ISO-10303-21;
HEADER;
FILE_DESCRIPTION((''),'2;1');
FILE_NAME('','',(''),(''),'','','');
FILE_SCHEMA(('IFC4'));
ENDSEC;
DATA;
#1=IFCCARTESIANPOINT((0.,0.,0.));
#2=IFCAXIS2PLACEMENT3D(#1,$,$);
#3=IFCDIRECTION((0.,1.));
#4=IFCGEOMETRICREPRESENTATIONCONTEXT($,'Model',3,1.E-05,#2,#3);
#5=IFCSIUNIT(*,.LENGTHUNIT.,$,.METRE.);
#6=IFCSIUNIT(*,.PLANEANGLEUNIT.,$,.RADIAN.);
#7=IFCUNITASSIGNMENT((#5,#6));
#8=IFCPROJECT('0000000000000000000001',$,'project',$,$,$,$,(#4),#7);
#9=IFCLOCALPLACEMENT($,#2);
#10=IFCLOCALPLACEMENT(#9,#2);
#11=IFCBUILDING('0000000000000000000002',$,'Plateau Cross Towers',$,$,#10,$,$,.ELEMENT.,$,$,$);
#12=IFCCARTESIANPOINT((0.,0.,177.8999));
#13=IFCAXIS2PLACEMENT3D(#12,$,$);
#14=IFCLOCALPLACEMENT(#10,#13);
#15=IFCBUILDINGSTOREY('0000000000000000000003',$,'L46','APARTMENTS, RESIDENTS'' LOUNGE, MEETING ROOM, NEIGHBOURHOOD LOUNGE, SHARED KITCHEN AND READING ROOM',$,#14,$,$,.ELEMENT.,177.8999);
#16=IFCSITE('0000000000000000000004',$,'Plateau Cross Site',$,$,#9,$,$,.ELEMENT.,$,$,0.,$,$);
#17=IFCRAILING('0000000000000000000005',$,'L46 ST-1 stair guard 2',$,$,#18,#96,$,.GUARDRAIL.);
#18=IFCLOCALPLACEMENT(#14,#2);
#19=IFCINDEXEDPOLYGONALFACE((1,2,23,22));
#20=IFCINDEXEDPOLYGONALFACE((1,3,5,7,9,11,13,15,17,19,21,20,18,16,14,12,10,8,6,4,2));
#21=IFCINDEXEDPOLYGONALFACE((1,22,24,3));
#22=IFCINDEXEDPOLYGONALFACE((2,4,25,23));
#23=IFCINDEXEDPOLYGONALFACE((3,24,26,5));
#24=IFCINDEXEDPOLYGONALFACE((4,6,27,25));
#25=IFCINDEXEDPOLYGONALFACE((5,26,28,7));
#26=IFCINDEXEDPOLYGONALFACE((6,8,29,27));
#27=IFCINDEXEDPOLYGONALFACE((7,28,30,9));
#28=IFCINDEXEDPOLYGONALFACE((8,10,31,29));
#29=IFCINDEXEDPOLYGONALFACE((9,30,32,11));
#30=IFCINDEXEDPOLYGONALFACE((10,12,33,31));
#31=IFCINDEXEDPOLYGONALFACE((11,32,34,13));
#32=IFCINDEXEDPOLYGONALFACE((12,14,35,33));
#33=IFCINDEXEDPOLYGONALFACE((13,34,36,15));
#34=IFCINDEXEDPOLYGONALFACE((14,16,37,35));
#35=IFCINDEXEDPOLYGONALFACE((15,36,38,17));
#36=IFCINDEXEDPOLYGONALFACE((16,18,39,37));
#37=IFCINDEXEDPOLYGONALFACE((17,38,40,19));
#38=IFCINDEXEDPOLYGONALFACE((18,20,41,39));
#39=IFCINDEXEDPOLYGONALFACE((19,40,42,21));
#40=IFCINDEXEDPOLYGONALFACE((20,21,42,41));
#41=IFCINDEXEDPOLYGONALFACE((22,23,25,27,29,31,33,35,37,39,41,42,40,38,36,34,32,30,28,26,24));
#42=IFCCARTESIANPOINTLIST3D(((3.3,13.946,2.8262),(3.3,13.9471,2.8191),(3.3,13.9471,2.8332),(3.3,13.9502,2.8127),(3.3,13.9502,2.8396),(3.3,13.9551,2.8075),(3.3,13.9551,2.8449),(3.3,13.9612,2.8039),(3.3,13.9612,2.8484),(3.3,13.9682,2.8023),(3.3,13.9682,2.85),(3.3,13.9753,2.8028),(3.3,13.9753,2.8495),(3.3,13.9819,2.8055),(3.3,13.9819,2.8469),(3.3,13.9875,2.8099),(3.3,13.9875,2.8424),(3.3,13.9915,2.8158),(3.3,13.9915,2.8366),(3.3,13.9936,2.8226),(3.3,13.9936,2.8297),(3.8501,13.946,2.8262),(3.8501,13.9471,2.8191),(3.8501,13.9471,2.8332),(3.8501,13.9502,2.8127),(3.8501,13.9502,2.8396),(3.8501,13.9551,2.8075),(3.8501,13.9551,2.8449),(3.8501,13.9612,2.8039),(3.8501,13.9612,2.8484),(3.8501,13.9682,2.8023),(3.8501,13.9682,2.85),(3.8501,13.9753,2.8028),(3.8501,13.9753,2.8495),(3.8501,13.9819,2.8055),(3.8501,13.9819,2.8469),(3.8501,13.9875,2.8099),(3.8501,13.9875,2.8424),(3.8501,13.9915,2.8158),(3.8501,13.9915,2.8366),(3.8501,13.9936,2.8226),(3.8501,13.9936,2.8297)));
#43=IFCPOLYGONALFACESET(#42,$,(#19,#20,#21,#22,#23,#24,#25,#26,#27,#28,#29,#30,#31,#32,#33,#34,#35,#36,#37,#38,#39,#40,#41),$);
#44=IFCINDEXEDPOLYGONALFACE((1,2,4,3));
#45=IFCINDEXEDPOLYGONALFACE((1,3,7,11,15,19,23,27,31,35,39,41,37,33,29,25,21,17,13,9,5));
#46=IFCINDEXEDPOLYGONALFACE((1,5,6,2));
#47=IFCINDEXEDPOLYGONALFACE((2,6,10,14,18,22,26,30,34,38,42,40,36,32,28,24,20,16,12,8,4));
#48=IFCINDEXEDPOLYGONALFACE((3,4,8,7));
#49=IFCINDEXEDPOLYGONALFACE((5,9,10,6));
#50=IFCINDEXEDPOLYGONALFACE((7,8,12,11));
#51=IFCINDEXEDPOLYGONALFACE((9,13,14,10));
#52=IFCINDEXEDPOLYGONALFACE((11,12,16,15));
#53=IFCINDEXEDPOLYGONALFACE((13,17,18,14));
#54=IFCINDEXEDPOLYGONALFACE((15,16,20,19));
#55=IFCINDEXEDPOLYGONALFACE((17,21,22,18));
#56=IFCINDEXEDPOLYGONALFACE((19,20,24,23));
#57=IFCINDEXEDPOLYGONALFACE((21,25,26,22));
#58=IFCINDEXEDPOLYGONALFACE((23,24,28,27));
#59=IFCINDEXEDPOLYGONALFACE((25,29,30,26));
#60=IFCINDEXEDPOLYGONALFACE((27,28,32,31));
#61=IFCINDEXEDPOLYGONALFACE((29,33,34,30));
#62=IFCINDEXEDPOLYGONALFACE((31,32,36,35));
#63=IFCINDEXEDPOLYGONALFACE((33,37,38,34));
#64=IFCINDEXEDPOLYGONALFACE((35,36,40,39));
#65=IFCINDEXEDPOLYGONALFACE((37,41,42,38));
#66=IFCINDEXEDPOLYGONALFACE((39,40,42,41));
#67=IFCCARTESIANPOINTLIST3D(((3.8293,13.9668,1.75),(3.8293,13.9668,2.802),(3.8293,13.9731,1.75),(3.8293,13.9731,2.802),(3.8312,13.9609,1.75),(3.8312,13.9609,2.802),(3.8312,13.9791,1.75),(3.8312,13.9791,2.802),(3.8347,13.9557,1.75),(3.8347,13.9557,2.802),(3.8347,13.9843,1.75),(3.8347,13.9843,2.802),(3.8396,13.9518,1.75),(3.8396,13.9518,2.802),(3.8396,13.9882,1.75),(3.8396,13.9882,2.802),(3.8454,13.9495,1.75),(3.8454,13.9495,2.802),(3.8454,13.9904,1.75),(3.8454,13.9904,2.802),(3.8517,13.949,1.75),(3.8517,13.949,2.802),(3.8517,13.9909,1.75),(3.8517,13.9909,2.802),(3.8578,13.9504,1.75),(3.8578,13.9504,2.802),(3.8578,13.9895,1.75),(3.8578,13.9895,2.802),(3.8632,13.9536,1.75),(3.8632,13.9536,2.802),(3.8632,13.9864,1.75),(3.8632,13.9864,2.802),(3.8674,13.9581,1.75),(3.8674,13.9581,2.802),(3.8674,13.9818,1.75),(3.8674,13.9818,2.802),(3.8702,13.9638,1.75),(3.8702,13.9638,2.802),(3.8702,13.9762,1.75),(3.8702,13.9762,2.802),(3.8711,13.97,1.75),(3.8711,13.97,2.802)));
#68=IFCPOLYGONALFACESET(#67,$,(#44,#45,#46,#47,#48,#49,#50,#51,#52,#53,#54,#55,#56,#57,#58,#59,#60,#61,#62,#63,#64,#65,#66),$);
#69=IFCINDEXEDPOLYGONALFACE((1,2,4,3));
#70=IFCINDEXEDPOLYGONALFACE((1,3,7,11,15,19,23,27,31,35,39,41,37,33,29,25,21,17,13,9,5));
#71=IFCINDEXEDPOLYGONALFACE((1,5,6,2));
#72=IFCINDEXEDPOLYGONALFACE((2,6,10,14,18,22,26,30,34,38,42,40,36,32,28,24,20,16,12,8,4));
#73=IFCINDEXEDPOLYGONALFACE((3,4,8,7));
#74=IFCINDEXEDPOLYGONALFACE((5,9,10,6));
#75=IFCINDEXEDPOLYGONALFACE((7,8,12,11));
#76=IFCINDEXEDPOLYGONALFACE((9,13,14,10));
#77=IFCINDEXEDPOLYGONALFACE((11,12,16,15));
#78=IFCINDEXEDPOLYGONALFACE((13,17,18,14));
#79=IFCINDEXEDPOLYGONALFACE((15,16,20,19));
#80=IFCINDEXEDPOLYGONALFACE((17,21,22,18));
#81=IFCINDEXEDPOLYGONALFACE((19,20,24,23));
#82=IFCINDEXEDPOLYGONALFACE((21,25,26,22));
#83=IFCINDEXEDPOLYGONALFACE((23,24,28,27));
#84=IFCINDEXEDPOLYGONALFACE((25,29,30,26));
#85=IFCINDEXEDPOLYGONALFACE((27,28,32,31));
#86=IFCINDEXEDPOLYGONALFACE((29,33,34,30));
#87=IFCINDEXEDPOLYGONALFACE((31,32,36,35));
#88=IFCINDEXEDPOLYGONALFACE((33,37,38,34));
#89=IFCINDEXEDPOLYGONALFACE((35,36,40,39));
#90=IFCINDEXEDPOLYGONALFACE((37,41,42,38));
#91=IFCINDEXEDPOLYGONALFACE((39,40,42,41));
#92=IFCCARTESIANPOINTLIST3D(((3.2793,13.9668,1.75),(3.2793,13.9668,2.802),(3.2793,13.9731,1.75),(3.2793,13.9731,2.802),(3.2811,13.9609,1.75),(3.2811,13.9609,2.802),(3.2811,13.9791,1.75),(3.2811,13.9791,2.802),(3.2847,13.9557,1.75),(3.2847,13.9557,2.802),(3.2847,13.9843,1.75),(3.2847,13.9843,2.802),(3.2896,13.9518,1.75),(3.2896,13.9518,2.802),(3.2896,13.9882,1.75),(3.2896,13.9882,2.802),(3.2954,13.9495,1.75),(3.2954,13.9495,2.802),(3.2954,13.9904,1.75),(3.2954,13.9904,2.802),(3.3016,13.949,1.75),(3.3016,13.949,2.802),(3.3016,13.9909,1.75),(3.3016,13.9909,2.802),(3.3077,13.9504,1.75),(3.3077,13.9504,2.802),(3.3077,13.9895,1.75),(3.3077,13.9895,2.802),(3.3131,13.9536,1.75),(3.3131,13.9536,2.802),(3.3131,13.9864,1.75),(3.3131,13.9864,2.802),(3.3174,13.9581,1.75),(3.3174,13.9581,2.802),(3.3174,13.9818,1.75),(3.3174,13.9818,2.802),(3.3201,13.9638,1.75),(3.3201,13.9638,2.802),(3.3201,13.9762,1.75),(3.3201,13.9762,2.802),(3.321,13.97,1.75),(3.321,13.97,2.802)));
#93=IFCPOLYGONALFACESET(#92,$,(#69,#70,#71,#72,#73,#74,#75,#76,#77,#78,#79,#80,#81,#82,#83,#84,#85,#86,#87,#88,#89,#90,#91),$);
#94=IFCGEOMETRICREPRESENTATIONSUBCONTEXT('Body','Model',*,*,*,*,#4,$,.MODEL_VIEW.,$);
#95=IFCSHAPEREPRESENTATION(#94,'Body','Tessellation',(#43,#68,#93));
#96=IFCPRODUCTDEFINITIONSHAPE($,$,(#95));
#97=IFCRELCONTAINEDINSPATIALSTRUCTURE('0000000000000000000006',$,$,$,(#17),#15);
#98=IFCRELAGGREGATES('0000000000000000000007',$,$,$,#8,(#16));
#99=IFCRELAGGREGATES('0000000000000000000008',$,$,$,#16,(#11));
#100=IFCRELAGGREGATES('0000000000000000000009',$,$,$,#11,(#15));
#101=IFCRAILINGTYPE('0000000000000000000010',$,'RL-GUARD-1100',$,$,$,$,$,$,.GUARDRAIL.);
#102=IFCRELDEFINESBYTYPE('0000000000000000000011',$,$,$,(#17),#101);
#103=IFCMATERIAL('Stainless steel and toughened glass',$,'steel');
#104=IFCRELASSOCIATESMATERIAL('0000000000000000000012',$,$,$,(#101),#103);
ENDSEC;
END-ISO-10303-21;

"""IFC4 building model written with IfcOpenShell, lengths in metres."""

from ifc_helpers import new_model, si_unit, direction, frame, origin, origin_2d, place, context, subcontext, project, spatial, circle, extrude, material, type_object, element, save


model = new_model("IFC4")

# Units and contexts
model_context = context("Model", 3, precision=1e-05, world=origin(), true_north=direction((0.0, 1.0)))
body_context = subcontext(model_context, "Body", "Model", "MODEL_VIEW")
ifc_project = project(units=[si_unit("LENGTHUNIT", "METRE"), si_unit("PLANEANGLEUNIT", "RADIAN")], contexts=[model_context])

# Site, building, storey
site_placement = place(None, origin())
site = spatial("IfcSite", under=ifc_project, at=site_placement, Name="Plateau Cross Site", CompositionType="ELEMENT", RefElevation=0.0)
building_placement = place(site_placement, origin())
building = spatial("IfcBuilding", under=site, at=building_placement, Name="Plateau Cross Towers", CompositionType="ELEMENT")
storey_placement = place(building_placement, frame((0.0, 0.0, 177.8999)))
storey = spatial("IfcBuildingStorey", under=building, at=storey_placement, Name="L46", Description="APARTMENTS, RESIDENTS' LOUNGE, MEETING ROOM, NEIGHBOURHOOD LOUNGE, SHARED KITCHEN AND READING ROOM", CompositionType="ELEMENT", Elevation=177.8999)

# Railing
ifc_material_1 = material(Name="Stainless steel and toughened glass", Category="steel")
railing_type = type_object("IfcRailingType", Name="RL-GUARD-1100", PredefinedType="GUARDRAIL", material=ifc_material_1)
railing_placement = place(storey_placement, frame((3.8501, 13.97, 1.75)))
element("IfcRailing", 1, at=railing_placement, inside=storey, type_object=railing_type, Name="L46 ST-1 stair guard 2", PredefinedType="GUARDRAIL", context=body_context, shape_type="SweptSolid", body=[
    extrude(circle(Radius=0.0239, at=origin_2d()), frame((0.0, 0.0, 1.0762), z_axis=(-1.0, 0.0, 0.0), x_axis=(0.0, -1.0, 0.0)), (0.0, 0.0, 1.0), 0.55),
    extrude(circle(Radius=0.021, at=origin_2d()), origin(), (0.0, 0.0, 1.0), 1.052),
    extrude(circle(Radius=0.021, at=origin_2d()), frame((-0.55, 0.0, 0.0)), (0.0, 0.0, 1.0), 1.052),
])

save(model, "model.ifc")
